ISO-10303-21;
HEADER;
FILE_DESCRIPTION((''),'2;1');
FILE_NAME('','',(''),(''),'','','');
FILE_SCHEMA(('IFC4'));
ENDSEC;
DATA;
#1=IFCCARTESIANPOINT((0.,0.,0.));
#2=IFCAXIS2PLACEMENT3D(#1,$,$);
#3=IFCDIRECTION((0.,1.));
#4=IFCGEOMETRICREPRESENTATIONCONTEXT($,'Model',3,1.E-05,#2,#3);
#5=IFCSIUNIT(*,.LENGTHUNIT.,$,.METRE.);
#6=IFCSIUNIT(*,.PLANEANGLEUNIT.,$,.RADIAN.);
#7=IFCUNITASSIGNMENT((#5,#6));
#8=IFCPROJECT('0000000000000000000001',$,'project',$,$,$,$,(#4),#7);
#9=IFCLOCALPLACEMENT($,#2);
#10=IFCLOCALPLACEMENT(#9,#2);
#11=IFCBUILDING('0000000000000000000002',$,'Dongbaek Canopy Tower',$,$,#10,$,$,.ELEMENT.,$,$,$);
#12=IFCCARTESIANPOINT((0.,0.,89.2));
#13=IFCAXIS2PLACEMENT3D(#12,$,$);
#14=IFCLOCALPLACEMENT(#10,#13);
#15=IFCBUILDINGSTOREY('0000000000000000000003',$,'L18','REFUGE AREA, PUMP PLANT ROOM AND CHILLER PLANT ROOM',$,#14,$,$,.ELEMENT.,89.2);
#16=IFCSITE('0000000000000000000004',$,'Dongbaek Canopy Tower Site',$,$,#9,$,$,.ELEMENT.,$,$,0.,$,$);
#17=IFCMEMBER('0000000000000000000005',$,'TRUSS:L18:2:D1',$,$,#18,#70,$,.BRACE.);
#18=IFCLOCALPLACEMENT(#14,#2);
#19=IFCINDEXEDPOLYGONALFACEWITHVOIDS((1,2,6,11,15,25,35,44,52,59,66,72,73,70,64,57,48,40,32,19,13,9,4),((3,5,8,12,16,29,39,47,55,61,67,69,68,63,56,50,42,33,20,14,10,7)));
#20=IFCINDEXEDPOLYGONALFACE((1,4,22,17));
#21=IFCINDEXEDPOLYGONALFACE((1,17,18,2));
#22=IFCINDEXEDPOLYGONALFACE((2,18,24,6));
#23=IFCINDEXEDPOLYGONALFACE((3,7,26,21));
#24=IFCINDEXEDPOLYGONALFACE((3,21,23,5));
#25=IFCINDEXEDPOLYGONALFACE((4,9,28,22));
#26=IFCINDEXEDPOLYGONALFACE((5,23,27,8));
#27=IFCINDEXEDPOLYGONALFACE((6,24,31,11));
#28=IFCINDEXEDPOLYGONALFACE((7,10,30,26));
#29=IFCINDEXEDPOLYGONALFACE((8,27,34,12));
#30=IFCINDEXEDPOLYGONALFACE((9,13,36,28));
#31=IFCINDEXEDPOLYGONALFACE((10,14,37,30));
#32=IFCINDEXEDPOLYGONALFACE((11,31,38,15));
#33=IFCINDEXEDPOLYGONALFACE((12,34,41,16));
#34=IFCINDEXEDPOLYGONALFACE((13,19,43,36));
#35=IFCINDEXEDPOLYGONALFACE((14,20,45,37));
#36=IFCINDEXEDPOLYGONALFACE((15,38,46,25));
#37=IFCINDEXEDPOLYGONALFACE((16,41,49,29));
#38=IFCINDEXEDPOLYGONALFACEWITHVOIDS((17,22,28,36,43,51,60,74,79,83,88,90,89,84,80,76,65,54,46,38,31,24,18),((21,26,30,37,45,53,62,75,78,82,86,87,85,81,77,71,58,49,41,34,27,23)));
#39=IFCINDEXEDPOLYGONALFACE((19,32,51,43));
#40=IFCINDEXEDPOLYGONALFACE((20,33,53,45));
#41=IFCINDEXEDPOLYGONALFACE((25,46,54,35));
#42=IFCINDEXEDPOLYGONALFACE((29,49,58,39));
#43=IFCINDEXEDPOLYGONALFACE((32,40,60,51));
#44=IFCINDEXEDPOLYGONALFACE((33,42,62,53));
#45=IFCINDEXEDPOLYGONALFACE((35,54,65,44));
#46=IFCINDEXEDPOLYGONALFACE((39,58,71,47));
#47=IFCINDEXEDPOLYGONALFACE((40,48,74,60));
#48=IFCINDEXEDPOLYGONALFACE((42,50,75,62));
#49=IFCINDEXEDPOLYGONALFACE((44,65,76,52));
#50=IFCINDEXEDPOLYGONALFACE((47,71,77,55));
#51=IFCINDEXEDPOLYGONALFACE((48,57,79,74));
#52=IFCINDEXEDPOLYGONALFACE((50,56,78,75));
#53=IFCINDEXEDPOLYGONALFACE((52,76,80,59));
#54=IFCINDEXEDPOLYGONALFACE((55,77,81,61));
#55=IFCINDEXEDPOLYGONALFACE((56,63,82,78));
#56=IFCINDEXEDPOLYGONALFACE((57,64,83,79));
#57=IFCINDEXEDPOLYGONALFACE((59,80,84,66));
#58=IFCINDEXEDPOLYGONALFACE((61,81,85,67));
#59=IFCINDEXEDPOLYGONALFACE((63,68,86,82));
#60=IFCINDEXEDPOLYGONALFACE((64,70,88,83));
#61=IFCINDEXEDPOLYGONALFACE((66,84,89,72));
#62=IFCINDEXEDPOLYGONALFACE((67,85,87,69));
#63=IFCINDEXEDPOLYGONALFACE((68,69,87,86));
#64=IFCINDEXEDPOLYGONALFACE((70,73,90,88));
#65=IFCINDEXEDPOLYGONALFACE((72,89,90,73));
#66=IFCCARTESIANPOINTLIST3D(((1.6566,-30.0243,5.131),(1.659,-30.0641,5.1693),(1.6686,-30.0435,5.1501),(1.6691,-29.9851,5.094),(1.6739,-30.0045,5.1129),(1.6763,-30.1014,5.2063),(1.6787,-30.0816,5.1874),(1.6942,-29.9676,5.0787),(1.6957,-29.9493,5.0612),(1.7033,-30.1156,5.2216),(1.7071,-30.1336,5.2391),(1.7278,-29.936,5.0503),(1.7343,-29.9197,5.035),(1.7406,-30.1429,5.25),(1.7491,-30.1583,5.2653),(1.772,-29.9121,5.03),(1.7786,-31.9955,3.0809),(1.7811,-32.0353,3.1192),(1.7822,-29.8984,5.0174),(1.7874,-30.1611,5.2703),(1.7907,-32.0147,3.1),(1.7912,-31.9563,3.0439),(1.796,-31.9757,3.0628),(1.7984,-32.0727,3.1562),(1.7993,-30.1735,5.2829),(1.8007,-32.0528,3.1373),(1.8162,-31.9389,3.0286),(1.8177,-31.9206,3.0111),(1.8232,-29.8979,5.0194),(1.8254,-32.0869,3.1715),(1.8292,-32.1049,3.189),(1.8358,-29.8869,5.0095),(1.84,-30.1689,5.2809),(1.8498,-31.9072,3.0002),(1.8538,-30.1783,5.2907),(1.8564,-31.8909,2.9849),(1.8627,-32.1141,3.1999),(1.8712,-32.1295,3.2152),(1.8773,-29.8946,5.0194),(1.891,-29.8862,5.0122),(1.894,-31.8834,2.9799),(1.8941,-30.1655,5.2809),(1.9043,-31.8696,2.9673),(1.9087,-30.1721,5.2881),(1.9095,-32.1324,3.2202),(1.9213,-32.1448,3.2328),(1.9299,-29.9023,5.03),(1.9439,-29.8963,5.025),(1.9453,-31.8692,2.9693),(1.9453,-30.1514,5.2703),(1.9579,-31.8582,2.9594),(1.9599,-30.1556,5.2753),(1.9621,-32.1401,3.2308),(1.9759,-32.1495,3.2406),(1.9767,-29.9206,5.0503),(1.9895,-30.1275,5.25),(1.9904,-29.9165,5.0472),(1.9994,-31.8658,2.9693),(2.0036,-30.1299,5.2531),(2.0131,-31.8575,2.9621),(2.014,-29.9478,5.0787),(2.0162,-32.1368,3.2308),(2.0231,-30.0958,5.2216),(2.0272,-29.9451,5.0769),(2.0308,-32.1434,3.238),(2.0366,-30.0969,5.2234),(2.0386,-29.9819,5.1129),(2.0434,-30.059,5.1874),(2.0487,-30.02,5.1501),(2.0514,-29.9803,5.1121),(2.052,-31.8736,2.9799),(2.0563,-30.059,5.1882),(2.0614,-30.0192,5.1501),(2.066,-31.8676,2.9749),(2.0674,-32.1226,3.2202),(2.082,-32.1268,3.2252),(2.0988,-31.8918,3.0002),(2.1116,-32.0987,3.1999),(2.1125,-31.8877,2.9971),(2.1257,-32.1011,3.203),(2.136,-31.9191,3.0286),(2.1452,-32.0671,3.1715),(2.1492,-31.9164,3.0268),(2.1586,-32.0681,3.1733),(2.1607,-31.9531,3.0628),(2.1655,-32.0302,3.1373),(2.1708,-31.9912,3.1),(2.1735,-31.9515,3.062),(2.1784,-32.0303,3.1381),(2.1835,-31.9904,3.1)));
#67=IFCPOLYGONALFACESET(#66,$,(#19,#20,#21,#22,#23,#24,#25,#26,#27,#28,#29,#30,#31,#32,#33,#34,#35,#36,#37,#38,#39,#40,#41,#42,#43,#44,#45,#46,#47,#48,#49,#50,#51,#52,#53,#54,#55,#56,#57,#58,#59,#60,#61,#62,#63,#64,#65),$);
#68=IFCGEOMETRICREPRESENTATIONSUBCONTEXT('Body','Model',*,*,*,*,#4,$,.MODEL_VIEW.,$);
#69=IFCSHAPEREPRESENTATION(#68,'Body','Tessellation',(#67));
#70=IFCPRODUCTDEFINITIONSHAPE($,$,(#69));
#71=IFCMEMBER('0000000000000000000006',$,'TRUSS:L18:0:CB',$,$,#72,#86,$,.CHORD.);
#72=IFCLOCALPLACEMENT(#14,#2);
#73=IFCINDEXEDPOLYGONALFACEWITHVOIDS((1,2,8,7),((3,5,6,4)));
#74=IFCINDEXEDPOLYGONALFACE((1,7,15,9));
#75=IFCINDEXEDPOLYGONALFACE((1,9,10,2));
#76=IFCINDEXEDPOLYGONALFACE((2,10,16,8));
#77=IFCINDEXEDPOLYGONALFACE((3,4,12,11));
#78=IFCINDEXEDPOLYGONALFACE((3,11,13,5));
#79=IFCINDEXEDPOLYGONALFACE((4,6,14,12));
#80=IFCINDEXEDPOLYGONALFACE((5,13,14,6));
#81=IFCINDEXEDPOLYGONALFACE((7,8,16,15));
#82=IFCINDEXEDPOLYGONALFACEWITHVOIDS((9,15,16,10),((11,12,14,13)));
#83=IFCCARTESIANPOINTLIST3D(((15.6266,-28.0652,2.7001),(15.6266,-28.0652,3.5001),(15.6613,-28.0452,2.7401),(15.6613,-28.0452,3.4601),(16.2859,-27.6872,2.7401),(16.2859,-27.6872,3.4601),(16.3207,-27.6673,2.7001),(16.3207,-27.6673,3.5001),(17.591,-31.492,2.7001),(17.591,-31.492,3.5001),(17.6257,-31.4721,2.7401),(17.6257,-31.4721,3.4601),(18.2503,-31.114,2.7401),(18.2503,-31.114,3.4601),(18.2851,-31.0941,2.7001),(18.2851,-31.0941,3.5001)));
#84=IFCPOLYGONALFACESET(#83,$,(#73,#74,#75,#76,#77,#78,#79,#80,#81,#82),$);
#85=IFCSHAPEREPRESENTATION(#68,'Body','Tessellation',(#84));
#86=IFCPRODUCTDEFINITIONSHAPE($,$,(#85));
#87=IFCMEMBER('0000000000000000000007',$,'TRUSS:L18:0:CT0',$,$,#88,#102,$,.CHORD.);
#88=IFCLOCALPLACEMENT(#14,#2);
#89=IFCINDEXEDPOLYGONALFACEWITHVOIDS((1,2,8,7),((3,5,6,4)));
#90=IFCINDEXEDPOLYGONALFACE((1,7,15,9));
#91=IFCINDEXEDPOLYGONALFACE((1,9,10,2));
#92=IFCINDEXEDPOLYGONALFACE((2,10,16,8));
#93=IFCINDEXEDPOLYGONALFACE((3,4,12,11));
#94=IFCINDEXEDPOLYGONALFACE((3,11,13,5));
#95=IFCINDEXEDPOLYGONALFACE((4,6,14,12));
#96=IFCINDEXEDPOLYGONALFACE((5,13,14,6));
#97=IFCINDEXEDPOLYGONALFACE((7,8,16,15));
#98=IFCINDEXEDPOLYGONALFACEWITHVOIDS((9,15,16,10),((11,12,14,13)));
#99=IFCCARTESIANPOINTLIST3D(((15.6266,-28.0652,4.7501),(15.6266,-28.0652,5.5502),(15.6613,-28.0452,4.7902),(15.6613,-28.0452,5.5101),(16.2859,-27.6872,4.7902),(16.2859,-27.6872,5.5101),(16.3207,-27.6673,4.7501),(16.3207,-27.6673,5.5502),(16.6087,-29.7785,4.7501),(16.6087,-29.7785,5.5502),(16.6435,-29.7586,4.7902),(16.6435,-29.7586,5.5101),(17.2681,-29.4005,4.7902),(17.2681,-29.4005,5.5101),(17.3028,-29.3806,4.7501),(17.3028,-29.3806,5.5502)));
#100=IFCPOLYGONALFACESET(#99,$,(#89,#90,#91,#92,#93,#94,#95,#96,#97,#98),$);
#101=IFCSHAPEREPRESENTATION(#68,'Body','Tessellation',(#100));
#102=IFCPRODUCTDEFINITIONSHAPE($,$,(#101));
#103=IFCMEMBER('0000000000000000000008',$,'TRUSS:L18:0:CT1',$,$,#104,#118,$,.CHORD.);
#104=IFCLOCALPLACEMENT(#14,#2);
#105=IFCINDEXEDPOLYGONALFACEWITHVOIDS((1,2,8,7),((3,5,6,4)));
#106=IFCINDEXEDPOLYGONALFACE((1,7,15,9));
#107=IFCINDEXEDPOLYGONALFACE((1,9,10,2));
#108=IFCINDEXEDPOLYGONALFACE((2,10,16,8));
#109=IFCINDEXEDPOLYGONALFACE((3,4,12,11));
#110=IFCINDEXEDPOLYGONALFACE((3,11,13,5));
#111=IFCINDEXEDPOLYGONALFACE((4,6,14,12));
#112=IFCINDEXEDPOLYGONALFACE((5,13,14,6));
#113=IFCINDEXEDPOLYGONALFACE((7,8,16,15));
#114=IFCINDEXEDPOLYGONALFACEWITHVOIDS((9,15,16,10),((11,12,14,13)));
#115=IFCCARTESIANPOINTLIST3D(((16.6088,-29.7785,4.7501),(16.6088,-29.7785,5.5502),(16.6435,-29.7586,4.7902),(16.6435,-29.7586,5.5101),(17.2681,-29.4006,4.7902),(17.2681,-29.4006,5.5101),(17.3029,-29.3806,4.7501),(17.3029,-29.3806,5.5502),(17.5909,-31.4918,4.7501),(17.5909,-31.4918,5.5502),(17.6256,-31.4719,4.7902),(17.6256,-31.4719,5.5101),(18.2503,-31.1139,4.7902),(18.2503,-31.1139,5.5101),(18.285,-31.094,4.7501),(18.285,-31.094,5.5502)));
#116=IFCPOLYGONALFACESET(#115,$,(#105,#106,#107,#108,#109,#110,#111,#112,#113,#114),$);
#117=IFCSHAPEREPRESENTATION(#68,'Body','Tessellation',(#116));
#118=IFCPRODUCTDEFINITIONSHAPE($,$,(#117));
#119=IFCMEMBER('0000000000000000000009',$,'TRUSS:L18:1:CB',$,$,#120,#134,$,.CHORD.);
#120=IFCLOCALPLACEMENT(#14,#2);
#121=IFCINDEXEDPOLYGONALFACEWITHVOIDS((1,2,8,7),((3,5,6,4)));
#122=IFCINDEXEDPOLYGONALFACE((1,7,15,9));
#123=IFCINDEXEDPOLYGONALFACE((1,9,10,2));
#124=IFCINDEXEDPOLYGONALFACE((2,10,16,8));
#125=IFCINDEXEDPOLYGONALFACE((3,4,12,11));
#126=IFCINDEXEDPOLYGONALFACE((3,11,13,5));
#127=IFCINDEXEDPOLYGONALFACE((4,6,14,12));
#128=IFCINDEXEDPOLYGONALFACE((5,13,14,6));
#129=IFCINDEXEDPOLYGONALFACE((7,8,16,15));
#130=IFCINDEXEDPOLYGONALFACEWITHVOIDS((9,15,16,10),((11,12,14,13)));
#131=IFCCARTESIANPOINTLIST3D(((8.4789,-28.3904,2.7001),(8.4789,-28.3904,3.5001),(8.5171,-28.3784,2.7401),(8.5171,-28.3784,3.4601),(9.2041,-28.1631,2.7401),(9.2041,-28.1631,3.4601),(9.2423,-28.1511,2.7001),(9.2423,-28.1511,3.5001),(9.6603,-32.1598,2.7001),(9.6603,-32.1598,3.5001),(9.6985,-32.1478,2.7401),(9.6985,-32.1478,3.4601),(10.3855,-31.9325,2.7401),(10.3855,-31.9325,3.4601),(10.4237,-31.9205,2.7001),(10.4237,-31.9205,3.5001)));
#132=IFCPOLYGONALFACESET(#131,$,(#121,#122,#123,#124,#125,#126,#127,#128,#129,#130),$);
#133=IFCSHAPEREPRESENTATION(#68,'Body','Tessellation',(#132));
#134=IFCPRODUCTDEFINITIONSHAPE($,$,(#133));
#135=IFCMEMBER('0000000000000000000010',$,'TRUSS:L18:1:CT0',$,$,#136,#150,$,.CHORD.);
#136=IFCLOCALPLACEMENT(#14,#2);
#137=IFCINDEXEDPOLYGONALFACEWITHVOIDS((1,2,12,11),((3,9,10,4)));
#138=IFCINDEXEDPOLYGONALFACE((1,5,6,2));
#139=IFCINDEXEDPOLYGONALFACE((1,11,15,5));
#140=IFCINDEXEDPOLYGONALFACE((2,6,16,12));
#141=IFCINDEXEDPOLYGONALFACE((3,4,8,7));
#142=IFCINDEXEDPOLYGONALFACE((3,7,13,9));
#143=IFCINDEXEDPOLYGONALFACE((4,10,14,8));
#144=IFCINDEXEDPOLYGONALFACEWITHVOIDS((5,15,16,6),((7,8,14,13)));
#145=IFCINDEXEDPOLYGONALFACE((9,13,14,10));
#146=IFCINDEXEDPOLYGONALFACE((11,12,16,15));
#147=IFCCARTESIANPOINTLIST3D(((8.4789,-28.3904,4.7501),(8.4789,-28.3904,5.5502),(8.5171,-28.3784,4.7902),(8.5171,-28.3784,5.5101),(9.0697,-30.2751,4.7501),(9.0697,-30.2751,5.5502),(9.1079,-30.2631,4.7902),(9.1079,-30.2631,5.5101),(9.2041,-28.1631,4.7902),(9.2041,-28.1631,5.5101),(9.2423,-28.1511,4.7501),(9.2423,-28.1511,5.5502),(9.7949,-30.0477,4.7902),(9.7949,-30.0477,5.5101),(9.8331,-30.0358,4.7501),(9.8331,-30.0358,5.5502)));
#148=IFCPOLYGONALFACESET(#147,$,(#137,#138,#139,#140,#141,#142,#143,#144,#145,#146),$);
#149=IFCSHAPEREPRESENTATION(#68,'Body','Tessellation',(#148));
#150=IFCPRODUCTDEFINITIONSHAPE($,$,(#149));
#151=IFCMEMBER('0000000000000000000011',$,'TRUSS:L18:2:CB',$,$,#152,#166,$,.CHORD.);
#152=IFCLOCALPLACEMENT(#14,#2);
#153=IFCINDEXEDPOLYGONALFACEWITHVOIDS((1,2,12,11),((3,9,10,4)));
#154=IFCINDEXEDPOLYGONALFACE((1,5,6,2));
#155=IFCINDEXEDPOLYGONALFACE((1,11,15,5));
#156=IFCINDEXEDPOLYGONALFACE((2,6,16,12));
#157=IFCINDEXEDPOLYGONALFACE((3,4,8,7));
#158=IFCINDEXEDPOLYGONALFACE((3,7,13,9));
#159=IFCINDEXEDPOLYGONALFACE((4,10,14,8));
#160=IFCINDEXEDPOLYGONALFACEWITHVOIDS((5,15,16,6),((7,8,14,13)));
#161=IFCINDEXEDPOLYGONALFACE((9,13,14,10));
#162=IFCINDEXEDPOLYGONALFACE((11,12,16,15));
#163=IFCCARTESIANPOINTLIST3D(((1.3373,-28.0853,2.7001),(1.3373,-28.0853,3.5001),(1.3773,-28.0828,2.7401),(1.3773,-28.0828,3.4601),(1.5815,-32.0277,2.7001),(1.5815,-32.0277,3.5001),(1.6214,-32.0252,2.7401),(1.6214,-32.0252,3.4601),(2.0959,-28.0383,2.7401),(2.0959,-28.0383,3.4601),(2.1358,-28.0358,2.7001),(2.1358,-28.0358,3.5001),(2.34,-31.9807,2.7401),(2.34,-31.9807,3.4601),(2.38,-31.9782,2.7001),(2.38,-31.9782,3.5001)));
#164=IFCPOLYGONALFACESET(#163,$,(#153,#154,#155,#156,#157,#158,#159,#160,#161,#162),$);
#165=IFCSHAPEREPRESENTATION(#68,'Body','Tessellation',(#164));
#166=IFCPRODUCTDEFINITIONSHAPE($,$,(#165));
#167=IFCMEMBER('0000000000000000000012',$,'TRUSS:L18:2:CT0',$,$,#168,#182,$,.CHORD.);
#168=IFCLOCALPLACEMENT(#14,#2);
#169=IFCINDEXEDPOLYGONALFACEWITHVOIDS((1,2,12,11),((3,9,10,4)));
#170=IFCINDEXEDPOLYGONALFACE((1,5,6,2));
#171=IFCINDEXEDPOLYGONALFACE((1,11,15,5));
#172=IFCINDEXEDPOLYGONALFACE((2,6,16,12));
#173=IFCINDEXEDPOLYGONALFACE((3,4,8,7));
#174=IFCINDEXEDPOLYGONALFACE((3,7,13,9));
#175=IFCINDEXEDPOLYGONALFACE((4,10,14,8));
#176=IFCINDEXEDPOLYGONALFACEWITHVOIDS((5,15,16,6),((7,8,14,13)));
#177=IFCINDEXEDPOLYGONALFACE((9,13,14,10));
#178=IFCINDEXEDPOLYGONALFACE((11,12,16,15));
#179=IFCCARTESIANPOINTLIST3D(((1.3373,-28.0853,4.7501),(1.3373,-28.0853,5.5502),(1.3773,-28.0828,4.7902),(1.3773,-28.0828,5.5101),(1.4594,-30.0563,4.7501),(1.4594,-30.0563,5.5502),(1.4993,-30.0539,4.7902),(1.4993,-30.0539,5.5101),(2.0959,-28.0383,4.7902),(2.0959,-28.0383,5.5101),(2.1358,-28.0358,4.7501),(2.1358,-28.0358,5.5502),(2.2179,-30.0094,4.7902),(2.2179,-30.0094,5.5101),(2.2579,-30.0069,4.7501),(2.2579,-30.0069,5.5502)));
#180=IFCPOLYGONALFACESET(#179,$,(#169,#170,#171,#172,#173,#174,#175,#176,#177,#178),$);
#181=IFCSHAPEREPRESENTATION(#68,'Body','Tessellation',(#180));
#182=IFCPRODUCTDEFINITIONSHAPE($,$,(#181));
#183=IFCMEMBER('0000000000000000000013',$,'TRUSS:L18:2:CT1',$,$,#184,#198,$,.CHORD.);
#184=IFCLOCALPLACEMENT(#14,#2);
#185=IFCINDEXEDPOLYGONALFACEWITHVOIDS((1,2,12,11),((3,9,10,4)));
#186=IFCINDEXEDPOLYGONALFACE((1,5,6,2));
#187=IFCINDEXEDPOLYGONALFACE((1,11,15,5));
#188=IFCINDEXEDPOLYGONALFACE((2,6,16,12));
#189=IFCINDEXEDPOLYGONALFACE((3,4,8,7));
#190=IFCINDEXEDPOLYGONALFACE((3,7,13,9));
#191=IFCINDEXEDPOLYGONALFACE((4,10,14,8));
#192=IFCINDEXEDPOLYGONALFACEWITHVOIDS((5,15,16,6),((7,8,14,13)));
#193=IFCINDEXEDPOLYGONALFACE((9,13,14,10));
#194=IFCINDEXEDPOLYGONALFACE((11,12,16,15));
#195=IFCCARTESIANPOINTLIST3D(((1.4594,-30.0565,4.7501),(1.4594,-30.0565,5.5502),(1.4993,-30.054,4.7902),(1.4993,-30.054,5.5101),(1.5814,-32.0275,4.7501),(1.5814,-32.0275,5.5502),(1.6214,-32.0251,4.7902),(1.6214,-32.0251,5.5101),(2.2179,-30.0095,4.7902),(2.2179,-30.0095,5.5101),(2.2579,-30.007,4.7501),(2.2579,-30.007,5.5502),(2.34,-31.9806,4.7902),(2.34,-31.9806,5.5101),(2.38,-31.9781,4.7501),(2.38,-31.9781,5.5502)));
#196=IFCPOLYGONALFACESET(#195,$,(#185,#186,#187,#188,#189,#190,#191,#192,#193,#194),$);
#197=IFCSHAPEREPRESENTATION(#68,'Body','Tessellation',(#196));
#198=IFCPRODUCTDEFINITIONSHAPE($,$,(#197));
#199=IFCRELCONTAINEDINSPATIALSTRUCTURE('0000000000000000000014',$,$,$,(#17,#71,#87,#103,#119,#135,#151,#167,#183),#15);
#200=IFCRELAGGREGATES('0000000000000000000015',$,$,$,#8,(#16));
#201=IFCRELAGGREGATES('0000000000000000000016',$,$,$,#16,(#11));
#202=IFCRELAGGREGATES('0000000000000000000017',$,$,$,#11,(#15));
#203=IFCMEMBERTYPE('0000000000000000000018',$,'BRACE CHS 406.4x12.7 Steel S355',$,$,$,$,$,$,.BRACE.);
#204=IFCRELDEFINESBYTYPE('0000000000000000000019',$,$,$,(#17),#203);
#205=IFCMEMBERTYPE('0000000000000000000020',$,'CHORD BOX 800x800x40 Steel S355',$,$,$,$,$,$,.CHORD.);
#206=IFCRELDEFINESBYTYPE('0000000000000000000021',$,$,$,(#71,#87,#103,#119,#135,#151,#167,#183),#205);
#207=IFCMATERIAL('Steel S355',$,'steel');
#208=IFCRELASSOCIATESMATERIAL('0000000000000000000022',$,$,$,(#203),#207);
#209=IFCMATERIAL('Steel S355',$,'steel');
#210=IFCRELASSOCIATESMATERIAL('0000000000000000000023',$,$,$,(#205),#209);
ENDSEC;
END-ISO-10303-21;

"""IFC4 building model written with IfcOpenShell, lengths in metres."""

from ifc_helpers import new_model, si_unit, direction, frame, origin, origin_2d, place, context, subcontext, project, spatial, hollow_rectangle, hollow_circle, extrude, material, material_profile, profile_set, type_object, element, save


model = new_model("IFC4")

# Units and contexts
model_context = context("Model", 3, precision=1e-05, world=origin(), true_north=direction((0.0, 1.0)))
body_context = subcontext(model_context, "Body", "Model", "MODEL_VIEW")
ifc_project = project(units=[si_unit("LENGTHUNIT", "METRE"), si_unit("PLANEANGLEUNIT", "RADIAN")], contexts=[model_context])

# Site, building, storey
site_placement = place(None, origin())
site = spatial("IfcSite", under=ifc_project, at=site_placement, Name="Dongbaek Canopy Tower Site", CompositionType="ELEMENT", RefElevation=0.0)
building_placement = place(site_placement, origin())
building = spatial("IfcBuilding", under=site, at=building_placement, Name="Dongbaek Canopy Tower", CompositionType="ELEMENT")
storey_placement = place(building_placement, frame((0.0, 0.0, 89.2)))
storey = spatial("IfcBuildingStorey", under=building, at=storey_placement, Name="L18", Description="REFUGE AREA, PUMP PLANT ROOM AND CHILLER PLANT ROOM", CompositionType="ELEMENT", Elevation=89.2)

# Members
ifc_material_1 = material(Name="Steel S355", Category="steel")
ifc_material_profile_1 = material_profile(ifc_material_1, hollow_circle(Radius=0.2031, WallThickness=0.0127, at=origin_2d()), Name="BRACE CHS 406.4x12.7 Steel S355")
ifc_profile_set_1 = profile_set([ifc_material_profile_1], Name="Steel S355")
member_type_1 = type_object("IfcMemberType", Name="BRACE CHS 406.4x12.7 Steel S355", PredefinedType="BRACE", material=ifc_profile_set_1)
for number, where, z_axis, x_axis, name in (
    (1, (1.8586, -30.0317, 5.1501), (0.042883, -0.692469, -0.720172), (0.998088, 0.061809, 0.0), "TRUSS:L18:2:D1"),
):
    element("IfcMember", number, at=place(storey_placement, frame(where, z_axis=z_axis, x_axis=x_axis)), inside=storey, type_object=member_type_1, Name=name, PredefinedType="BRACE", context=body_context, shape_type="SweptSolid", body=[
        extrude(hollow_circle(Radius=0.2031, WallThickness=0.0127, at=origin_2d()), origin(), (0.0, 0.0, 1.0), 2.8467),
    ])
ifc_material_2 = material(Name="Steel S355", Category="steel")
ifc_material_profile_2 = material_profile(ifc_material_2, hollow_rectangle(XDim=0.8, YDim=0.8, WallThickness=0.04, at=origin_2d()), Name="CHORD BOX 800x800x40 Steel S355")
ifc_profile_set_2 = profile_set([ifc_material_profile_2], Name="Steel S355")
member_type_2 = type_object("IfcMemberType", Name="CHORD BOX 800x800x40 Steel S355", PredefinedType="CHORD", material=ifc_profile_set_2)
member_1_placement = place(storey_placement, frame((15.9736, -27.8662, 3.1001), z_axis=(0.497323, -0.867565, 0.0), x_axis=(0.867565, 0.497323, 0.0)))
element("IfcMember", 2, at=member_1_placement, inside=storey, type_object=member_type_2, Name="TRUSS:L18:0:CB", PredefinedType="CHORD", context=body_context, shape_type="SweptSolid", body=[
    extrude(hollow_rectangle(XDim=0.8, YDim=0.8, WallThickness=0.04, at=origin_2d()), origin(), (0.0, 0.0, 1.0), 3.95),
])
for number, where, z_axis, x_axis, name in (
    (3, (15.9736, -27.8662, 5.1501), (0.497323, -0.867565, 0.0), (0.867565, 0.497323, 0.0), "TRUSS:L18:0:CT0"),
    (4, (16.9558, -29.5796, 5.1501), (0.497323, -0.867565, 0.0), (0.867565, 0.497323, 0.0), "TRUSS:L18:0:CT1"),
):
    element("IfcMember", number, at=place(storey_placement, frame(where, z_axis=z_axis, x_axis=x_axis)), inside=storey, type_object=member_type_2, Name=name, PredefinedType="CHORD", context=body_context, shape_type="SweptSolid", body=[
        extrude(hollow_rectangle(XDim=0.8, YDim=0.8, WallThickness=0.04, at=origin_2d()), origin(), (0.0, 0.0, 1.0), 1.9749),
    ])
member_2_placement = place(storey_placement, frame((8.8606, -28.2708, 3.1001), z_axis=(0.299081, -0.954228, 0.0), x_axis=(0.954228, 0.299081, 0.0)))
element("IfcMember", 5, at=member_2_placement, inside=storey, type_object=member_type_2, Name="TRUSS:L18:1:CB", PredefinedType="CHORD", context=body_context, shape_type="SweptSolid", body=[
    extrude(hollow_rectangle(XDim=0.8, YDim=0.8, WallThickness=0.04, at=origin_2d()), origin(), (0.0, 0.0, 1.0), 3.9502),
])
member_3_placement = place(storey_placement, frame((8.8606, -28.2708, 5.1501), z_axis=(0.299119, -0.954216, 0.0), x_axis=(0.954216, 0.299119, 0.0)))
element("IfcMember", 6, at=member_3_placement, inside=storey, type_object=member_type_2, Name="TRUSS:L18:1:CT0", PredefinedType="CHORD", context=body_context, shape_type="SweptSolid", body=[
    extrude(hollow_rectangle(XDim=0.8, YDim=0.8, WallThickness=0.04, at=origin_2d()), origin(), (0.0, 0.0, 1.0), 1.9751),
])
member_4_placement = place(storey_placement, frame((1.7366, -28.0605, 3.1001), z_axis=(0.061809, -0.998088, 0.0), x_axis=(0.998088, 0.061809, 0.0)))
element("IfcMember", 7, at=member_4_placement, inside=storey, type_object=member_type_2, Name="TRUSS:L18:2:CB", PredefinedType="CHORD", context=body_context, shape_type="SweptSolid", body=[
    extrude(hollow_rectangle(XDim=0.8, YDim=0.8, WallThickness=0.04, at=origin_2d()), origin(), (0.0, 0.0, 1.0), 3.95),
])
for number, where, z_axis, x_axis, name in (
    (8, (1.7366, -28.0605, 5.1501), (0.061809, -0.998088, 0.0), (0.998088, 0.061809, 0.0), "TRUSS:L18:2:CT0"),
    (9, (1.8586, -30.0317, 5.1501), (0.061809, -0.998088, 0.0), (0.998088, 0.061809, 0.0), "TRUSS:L18:2:CT1"),
):
    element("IfcMember", number, at=place(storey_placement, frame(where, z_axis=z_axis, x_axis=x_axis)), inside=storey, type_object=member_type_2, Name=name, PredefinedType="CHORD", context=body_context, shape_type="SweptSolid", body=[
        extrude(hollow_rectangle(XDim=0.8, YDim=0.8, WallThickness=0.04, at=origin_2d()), origin(), (0.0, 0.0, 1.0), 1.9749),
    ])

save(model, "model.ifc")
